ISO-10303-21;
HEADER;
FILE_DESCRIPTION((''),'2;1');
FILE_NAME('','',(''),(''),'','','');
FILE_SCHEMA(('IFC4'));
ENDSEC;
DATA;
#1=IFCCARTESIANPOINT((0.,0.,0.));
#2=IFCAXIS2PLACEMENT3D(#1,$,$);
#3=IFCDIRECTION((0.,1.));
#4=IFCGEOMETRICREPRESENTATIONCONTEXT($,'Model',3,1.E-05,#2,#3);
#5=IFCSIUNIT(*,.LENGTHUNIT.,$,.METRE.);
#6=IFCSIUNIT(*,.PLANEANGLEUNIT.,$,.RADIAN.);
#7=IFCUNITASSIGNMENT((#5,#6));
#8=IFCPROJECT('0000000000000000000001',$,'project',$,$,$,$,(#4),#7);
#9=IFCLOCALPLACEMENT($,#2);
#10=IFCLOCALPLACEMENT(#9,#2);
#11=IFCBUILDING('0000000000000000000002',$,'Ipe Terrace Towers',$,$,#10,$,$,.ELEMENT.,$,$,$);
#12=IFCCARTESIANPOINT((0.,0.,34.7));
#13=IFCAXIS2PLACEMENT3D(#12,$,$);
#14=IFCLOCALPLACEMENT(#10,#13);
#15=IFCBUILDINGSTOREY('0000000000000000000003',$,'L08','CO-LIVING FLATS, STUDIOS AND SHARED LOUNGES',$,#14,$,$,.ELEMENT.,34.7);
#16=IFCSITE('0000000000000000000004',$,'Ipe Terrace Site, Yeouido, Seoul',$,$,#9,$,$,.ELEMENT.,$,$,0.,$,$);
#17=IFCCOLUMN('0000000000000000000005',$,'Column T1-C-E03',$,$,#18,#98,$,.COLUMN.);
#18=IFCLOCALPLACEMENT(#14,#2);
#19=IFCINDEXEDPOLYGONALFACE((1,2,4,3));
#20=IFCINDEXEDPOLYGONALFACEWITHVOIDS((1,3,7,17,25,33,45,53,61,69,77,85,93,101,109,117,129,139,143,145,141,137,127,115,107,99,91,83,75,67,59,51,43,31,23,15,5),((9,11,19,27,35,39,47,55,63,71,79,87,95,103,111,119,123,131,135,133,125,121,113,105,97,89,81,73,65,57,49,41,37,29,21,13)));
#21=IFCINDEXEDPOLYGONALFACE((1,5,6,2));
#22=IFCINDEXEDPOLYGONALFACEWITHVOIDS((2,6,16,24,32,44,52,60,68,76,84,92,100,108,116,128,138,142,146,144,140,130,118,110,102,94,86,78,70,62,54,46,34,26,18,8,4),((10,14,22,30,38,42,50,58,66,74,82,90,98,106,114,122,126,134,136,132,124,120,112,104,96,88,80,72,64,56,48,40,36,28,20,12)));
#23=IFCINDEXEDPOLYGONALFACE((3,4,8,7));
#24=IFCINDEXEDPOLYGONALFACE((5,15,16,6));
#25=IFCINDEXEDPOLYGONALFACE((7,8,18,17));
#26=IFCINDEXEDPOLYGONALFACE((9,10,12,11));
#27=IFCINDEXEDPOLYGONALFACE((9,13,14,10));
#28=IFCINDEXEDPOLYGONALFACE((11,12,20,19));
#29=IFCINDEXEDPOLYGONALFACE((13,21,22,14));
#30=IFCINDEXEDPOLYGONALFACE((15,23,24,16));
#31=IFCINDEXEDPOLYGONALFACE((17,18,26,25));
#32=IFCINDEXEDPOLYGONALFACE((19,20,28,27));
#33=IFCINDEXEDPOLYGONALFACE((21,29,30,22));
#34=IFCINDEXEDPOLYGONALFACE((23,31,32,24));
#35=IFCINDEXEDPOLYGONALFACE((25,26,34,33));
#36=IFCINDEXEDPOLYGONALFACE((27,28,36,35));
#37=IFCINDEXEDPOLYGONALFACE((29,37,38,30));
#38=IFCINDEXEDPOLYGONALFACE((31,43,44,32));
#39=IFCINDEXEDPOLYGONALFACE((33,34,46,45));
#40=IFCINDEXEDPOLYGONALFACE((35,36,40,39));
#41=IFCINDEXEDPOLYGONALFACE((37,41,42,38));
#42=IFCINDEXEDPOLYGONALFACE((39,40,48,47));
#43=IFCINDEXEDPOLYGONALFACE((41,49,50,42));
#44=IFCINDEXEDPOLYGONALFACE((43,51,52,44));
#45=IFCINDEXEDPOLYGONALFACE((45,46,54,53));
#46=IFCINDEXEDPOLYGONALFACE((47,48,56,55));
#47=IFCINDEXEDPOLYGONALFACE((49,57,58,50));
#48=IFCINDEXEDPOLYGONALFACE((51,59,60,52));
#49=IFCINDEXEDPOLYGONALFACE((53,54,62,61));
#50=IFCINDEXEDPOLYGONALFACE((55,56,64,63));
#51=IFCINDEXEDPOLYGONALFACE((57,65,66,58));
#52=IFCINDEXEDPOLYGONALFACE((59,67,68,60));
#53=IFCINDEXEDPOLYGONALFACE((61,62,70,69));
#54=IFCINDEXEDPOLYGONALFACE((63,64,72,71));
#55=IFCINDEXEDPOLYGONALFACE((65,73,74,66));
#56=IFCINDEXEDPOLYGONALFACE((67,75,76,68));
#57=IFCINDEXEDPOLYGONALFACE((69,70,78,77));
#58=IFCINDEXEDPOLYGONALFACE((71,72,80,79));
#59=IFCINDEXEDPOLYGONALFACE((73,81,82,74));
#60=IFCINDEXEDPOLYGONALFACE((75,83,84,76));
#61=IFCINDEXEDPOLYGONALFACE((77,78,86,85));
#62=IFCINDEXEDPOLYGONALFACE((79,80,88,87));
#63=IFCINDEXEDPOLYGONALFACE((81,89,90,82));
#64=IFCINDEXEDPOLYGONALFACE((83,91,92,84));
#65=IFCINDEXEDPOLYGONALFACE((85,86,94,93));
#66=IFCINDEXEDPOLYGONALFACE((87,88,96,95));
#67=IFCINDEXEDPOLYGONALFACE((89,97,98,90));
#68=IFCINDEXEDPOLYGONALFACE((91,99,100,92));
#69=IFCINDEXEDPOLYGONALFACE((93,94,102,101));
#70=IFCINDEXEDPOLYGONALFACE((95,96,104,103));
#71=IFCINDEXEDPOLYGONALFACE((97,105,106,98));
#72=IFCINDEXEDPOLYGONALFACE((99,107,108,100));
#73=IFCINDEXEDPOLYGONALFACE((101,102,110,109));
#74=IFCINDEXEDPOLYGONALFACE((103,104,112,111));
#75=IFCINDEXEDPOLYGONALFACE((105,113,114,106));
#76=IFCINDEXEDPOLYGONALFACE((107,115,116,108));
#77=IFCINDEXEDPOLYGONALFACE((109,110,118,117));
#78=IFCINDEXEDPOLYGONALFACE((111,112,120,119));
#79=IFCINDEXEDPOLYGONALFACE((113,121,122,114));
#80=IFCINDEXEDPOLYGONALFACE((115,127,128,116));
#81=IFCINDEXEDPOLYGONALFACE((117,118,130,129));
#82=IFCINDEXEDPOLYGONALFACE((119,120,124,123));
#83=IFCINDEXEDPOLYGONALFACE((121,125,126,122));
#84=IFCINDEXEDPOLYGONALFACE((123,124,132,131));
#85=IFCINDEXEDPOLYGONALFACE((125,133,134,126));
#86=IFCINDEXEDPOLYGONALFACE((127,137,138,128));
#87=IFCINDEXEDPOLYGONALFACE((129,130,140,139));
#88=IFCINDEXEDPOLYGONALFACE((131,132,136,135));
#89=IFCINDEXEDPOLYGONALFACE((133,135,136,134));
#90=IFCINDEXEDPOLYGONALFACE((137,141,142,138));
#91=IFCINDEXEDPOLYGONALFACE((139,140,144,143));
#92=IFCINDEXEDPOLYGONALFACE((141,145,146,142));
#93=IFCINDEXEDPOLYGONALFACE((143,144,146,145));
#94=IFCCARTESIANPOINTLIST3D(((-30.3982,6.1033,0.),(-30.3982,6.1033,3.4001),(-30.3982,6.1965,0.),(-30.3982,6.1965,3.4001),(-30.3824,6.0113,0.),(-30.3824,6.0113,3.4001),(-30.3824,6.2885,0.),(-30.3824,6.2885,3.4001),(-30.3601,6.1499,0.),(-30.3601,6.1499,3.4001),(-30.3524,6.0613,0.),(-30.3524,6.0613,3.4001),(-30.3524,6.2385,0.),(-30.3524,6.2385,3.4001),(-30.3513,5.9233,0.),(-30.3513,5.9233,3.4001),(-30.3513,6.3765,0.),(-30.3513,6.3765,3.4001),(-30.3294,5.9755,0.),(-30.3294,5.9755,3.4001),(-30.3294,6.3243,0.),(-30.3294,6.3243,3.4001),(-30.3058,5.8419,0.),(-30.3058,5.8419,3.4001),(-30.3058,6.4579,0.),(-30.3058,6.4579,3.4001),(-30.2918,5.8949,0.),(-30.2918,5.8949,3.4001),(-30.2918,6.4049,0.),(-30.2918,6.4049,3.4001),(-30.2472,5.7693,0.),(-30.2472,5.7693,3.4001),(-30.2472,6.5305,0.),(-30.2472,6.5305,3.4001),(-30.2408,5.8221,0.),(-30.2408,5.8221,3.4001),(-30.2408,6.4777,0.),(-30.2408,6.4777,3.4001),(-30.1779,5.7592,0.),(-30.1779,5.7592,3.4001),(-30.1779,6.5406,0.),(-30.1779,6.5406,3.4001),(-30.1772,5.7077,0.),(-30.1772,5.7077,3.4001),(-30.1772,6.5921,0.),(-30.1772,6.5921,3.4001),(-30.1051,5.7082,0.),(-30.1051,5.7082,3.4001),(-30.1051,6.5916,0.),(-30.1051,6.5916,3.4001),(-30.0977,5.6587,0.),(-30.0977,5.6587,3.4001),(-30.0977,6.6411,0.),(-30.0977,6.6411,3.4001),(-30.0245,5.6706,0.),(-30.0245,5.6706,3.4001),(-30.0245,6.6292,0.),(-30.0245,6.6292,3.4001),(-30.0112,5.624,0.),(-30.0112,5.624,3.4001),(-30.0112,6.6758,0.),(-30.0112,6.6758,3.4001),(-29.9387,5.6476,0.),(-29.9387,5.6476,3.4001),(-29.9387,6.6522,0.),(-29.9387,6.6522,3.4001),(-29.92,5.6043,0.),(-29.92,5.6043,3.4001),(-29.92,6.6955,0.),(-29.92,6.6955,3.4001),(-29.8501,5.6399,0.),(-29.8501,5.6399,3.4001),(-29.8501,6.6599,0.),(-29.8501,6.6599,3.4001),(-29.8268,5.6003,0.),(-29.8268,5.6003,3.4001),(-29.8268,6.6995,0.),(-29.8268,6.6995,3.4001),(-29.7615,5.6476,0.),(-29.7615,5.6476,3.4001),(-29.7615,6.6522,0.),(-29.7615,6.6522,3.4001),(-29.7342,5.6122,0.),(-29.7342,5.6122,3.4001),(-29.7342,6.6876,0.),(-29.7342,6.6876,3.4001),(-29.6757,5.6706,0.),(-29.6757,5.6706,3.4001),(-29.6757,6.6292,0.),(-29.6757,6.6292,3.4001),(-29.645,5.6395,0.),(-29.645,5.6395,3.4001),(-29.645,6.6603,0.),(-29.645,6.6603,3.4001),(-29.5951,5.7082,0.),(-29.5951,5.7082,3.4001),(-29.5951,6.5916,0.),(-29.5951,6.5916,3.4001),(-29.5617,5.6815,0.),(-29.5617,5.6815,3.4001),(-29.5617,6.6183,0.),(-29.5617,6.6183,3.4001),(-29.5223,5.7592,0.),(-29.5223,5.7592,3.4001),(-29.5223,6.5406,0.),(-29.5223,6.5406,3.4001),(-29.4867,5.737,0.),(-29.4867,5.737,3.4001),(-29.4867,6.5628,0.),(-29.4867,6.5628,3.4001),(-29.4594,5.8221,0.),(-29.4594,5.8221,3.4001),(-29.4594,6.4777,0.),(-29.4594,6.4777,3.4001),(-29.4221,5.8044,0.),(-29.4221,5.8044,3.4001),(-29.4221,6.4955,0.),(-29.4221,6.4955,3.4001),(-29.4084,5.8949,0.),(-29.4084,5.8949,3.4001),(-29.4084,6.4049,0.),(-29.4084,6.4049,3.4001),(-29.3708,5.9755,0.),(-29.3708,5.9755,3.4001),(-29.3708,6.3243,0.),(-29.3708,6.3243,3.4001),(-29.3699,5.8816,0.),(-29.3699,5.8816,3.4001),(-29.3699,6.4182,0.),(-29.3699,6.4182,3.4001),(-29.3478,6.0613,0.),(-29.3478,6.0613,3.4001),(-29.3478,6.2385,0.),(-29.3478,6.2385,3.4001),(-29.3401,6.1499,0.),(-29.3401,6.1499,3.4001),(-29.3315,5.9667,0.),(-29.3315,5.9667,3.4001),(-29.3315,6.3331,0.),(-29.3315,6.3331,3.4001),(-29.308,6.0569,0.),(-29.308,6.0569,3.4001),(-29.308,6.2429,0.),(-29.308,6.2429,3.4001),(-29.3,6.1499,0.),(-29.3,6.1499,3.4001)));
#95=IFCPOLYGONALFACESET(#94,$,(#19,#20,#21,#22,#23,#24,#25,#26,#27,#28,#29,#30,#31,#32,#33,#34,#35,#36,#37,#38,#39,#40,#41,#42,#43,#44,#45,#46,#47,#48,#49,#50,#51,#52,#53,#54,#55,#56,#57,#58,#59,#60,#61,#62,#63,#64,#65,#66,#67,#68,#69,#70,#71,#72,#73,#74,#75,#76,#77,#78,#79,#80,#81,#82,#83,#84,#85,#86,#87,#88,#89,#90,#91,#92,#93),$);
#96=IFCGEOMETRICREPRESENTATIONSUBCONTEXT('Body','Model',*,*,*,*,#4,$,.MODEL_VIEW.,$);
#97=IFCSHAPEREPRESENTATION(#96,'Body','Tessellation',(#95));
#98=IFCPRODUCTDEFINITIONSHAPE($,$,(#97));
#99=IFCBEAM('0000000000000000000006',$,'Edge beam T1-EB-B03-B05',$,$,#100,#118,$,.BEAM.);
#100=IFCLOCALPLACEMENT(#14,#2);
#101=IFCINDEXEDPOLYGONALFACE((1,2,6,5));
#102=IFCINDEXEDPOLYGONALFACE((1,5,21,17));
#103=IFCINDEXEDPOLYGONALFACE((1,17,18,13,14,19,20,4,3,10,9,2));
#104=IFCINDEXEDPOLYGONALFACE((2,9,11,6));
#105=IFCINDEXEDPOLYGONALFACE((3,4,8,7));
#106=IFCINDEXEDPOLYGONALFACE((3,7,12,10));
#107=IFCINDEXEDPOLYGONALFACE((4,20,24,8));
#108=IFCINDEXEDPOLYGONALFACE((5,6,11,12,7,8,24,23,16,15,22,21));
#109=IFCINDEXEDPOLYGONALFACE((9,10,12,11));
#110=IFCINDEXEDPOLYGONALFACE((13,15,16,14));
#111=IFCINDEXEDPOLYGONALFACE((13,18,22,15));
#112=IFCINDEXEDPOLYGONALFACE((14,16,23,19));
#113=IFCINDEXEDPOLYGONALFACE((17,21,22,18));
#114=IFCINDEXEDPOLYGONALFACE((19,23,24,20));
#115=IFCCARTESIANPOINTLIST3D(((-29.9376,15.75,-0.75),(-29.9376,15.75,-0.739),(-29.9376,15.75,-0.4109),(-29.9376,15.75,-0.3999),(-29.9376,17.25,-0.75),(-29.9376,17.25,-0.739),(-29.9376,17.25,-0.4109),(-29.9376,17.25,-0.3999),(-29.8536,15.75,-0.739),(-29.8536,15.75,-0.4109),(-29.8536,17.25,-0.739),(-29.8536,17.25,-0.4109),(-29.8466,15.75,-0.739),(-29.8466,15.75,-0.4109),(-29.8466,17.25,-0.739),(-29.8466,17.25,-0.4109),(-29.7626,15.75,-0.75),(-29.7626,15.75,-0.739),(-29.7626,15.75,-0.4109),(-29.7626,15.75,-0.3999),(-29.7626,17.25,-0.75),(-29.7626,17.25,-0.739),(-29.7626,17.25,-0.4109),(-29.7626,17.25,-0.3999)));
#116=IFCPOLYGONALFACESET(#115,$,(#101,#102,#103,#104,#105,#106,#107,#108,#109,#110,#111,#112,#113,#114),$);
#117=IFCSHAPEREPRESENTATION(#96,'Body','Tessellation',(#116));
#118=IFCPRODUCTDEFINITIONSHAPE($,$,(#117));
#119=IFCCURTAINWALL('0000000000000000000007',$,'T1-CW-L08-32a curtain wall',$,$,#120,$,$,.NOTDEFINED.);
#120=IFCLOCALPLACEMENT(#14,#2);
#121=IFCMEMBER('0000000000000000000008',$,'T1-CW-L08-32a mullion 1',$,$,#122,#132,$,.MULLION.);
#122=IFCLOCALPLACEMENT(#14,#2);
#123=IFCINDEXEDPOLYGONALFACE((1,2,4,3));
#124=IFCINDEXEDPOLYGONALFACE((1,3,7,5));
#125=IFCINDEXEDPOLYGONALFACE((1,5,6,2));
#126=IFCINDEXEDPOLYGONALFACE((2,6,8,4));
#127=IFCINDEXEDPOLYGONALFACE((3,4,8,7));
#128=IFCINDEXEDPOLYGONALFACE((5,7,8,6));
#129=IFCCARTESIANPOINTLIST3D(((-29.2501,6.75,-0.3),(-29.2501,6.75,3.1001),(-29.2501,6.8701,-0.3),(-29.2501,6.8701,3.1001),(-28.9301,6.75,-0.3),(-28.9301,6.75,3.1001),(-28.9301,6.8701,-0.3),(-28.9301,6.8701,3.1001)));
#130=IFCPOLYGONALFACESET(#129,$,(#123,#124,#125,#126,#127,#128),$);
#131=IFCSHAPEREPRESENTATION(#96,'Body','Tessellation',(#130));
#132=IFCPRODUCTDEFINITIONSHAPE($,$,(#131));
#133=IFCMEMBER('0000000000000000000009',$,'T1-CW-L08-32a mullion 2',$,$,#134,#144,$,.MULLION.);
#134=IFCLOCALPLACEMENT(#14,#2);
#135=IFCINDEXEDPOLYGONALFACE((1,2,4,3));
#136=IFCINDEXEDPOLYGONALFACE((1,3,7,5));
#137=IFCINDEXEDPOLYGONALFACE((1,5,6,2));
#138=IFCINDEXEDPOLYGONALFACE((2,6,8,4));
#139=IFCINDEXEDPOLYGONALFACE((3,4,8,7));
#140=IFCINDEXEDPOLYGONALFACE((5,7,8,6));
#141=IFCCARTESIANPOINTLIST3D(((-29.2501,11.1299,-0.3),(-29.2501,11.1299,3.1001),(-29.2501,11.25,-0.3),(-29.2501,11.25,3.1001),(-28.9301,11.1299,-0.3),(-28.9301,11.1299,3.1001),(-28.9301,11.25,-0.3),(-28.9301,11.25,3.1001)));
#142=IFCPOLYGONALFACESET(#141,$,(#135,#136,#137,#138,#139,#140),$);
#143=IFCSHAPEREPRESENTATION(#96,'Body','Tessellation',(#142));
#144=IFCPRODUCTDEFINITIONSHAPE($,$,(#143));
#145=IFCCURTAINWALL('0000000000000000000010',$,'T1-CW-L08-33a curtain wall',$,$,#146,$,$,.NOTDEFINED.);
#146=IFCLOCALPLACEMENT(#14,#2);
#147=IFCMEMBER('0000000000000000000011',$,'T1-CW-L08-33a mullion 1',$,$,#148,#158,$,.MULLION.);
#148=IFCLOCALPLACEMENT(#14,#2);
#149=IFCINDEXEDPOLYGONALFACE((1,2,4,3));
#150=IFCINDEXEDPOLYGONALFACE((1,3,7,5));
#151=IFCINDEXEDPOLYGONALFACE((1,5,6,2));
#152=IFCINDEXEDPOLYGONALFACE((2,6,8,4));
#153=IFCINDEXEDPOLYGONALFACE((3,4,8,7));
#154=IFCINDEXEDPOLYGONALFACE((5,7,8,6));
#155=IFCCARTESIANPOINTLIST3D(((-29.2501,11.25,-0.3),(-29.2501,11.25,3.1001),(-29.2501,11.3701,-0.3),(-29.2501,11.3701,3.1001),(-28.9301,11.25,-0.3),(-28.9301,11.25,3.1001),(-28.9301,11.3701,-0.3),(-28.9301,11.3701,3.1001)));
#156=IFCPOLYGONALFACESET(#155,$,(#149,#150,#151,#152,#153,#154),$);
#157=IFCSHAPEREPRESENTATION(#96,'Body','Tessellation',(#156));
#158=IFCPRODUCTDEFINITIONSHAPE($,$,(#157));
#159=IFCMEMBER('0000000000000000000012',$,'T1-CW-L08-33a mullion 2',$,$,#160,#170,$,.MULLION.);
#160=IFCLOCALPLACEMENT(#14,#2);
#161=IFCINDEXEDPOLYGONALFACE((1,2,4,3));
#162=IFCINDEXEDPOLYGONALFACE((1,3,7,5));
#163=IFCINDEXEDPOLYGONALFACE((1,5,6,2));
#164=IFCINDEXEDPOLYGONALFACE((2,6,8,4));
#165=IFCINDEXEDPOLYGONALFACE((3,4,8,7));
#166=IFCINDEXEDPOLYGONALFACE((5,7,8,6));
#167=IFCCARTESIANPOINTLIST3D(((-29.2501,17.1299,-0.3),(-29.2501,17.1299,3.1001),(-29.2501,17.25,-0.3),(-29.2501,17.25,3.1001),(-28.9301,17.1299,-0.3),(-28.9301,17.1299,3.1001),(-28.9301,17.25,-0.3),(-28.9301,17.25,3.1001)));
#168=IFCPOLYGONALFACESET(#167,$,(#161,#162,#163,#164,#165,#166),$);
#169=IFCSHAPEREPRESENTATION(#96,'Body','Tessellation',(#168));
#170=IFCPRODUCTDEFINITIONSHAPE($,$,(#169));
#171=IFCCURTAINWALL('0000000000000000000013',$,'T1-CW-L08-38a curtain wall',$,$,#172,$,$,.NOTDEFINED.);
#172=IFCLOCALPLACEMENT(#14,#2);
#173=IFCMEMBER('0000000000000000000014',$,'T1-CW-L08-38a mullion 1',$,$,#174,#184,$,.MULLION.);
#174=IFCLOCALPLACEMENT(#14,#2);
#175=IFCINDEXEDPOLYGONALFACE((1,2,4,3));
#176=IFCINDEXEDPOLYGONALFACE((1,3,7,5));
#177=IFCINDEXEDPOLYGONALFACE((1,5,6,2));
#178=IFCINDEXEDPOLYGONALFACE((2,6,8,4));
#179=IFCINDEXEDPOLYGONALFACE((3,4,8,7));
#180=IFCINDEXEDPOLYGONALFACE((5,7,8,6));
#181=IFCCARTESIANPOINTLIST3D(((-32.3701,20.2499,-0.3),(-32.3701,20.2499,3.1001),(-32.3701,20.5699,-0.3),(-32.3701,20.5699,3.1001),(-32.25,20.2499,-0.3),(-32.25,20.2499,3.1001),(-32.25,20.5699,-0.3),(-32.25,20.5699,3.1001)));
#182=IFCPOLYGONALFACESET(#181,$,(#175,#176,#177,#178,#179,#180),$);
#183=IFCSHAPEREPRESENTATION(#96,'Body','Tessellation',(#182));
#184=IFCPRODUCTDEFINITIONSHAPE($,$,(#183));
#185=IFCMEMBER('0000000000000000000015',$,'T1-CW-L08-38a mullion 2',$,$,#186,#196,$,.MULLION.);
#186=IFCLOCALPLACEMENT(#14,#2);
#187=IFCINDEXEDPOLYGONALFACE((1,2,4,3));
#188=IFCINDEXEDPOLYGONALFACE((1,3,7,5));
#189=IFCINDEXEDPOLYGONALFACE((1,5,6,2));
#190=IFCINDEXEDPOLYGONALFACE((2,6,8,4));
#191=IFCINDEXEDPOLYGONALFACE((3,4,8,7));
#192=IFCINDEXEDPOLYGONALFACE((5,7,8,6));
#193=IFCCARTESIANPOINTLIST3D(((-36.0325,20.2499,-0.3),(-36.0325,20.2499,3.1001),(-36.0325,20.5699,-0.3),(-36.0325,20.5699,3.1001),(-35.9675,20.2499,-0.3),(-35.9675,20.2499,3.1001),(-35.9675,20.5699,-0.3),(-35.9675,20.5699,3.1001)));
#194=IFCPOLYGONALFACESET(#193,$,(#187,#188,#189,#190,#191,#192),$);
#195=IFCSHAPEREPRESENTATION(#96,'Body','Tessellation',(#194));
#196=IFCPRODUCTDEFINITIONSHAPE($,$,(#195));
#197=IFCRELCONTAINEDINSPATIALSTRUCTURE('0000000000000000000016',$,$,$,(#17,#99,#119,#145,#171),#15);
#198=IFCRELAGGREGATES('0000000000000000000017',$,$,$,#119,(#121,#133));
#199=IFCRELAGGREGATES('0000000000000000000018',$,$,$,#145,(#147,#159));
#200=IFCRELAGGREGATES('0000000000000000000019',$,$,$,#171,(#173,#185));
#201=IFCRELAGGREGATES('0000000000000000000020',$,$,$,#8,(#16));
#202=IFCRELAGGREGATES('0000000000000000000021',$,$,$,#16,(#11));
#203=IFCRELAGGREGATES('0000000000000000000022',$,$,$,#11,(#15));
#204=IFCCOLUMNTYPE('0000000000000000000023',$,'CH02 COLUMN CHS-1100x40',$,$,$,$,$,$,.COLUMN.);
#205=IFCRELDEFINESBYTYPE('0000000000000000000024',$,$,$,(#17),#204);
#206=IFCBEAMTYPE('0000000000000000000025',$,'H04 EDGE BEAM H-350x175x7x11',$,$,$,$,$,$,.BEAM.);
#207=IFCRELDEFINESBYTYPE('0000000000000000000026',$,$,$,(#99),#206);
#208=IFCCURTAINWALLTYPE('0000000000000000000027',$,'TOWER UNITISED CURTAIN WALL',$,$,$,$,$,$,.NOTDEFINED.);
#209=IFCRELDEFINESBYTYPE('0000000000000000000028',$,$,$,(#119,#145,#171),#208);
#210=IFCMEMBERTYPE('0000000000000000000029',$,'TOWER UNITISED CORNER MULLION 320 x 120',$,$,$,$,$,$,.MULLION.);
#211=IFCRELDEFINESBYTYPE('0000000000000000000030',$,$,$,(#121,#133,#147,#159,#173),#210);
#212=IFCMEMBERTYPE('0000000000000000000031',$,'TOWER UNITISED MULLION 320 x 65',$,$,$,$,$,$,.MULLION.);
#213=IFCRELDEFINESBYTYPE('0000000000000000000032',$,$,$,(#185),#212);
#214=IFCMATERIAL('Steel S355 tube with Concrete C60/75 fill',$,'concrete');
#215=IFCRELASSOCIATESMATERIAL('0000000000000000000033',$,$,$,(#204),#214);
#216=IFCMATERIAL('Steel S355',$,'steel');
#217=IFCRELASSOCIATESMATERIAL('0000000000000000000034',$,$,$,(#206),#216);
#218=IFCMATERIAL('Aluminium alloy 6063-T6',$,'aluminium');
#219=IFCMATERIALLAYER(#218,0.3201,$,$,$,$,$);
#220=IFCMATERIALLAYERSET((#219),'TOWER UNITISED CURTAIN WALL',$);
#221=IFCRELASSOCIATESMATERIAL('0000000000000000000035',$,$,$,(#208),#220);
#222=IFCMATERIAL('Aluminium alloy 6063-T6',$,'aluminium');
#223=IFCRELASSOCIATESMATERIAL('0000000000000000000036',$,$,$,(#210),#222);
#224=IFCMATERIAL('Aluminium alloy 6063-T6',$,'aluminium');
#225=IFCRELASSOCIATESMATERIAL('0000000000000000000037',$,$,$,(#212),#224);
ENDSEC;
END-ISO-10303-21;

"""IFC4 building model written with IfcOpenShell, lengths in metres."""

from ifc_helpers import new_model, si_unit, direction, frame, origin, origin_2d, place, context, subcontext, project, spatial, rectangle, hollow_circle, i_section, extrude, material, layer, layer_set, material_profile, profile_set, type_object, element, aggregate, save


model = new_model("IFC4")

# Units and contexts
model_context = context("Model", 3, precision=1e-05, world=origin(), true_north=direction((0.0, 1.0)))
body_context = subcontext(model_context, "Body", "Model", "MODEL_VIEW")
ifc_project = project(units=[si_unit("LENGTHUNIT", "METRE"), si_unit("PLANEANGLEUNIT", "RADIAN")], contexts=[model_context])

# Site, building, storey
site_placement = place(None, origin())
site = spatial("IfcSite", under=ifc_project, at=site_placement, Name="Ipe Terrace Site, Yeouido, Seoul", CompositionType="ELEMENT", RefElevation=0.0)
building_placement = place(site_placement, origin())
building = spatial("IfcBuilding", under=site, at=building_placement, Name="Ipe Terrace Towers", CompositionType="ELEMENT")
storey_placement = place(building_placement, frame((0.0, 0.0, 34.7)))
storey = spatial("IfcBuildingStorey", under=building, at=storey_placement, Name="L08", Description="CO-LIVING FLATS, STUDIOS AND SHARED LOUNGES", CompositionType="ELEMENT", Elevation=34.7)

# Column
ifc_material_1 = material(Name="Steel S355 tube with Concrete C60/75 fill", Category="concrete")
ifc_material_profile_1 = material_profile(ifc_material_1, hollow_circle(Radius=0.55, WallThickness=0.04, at=origin_2d()), Name="CHS-1100x40")
ifc_profile_set_1 = profile_set([ifc_material_profile_1], Name="Steel S355 tube with Concrete C60/75 fill")
column_type_1 = type_object("IfcColumnType", Name="CH02 COLUMN CHS-1100x40", PredefinedType="COLUMN", material=ifc_profile_set_1)
column_placement = place(storey_placement, frame((-29.8501, 6.1499, 0.0), z_axis=(0.0, 0.0, 1.0), x_axis=(1.0, 0.0, 0.0)))
element("IfcColumn", 1, at=column_placement, inside=storey, type_object=column_type_1, Name="Column T1-C-E03", PredefinedType="COLUMN", context=body_context, shape_type="SweptSolid", body=[
    extrude(hollow_circle(Radius=0.55, WallThickness=0.04, at=origin_2d()), origin(), (0.0, 0.0, 1.0), 3.4001),
])

# Beam
ifc_material_2 = material(Name="Steel S355", Category="steel")
ifc_material_profile_2 = material_profile(ifc_material_2, i_section(OverallWidth=0.175, OverallDepth=0.3501, WebThickness=0.0071, FlangeThickness=0.011, at=origin_2d()), Name="H-350x175x7x11")
ifc_profile_set_2 = profile_set([ifc_material_profile_2], Name="Steel S355")
beam_type = type_object("IfcBeamType", Name="H04 EDGE BEAM H-350x175x7x11", PredefinedType="BEAM", material=ifc_profile_set_2)
beam_placement = place(storey_placement, frame((-29.8501, 15.75, -0.575), z_axis=(0.0, 1.0, 0.0), x_axis=(-1.0, 0.0, 0.0)))
element("IfcBeam", 2, at=beam_placement, inside=storey, type_object=beam_type, Name="Edge beam T1-EB-B03-B05", PredefinedType="BEAM", context=body_context, shape_type="SweptSolid", body=[
    extrude(i_section(OverallWidth=0.175, OverallDepth=0.3501, WebThickness=0.0071, FlangeThickness=0.011, at=origin_2d()), origin(), (0.0, 0.0, 1.0), 1.5),
])

# Curtain walls, members
ifc_material_3 = material(Name="Aluminium alloy 6063-T6", Category="aluminium")
ifc_layer_1 = layer(ifc_material_3, 0.3201)
ifc_layer_set_1 = layer_set([ifc_layer_1], Name="TOWER UNITISED CURTAIN WALL")
curtain_wall_type = type_object("IfcCurtainWallType", Name="TOWER UNITISED CURTAIN WALL", PredefinedType="NOTDEFINED", material=ifc_layer_set_1)
curtain_wall_1_placement = place(storey_placement, origin())
curtain_wall_1 = element("IfcCurtainWall", 3, at=curtain_wall_1_placement, inside=storey, type_object=curtain_wall_type, Name="T1-CW-L08-32a curtain wall", PredefinedType="NOTDEFINED")
ifc_material_4 = material(Name="Aluminium alloy 6063-T6", Category="aluminium")
ifc_material_profile_3 = material_profile(ifc_material_4, rectangle(XDim=0.3201, YDim=0.1201, at=origin_2d()), Name="TOWER UNITISED CORNER MULLION 320 x 120")
ifc_profile_set_3 = profile_set([ifc_material_profile_3], Name="Aluminium alloy 6063-T6")
member_type_1 = type_object("IfcMemberType", Name="TOWER UNITISED CORNER MULLION 320 x 120", PredefinedType="MULLION", material=ifc_profile_set_3)
member_1_placement = place(storey_placement, frame((-29.0901, 6.8101, -0.3), z_axis=(0.0, 0.0, 1.0), x_axis=(1.0, 0.0, 0.0)))
member_1 = element("IfcMember", 4, at=member_1_placement, type_object=member_type_1, Name="T1-CW-L08-32a mullion 1", PredefinedType="MULLION", context=body_context, shape_type="SweptSolid", body=[
    extrude(rectangle(XDim=0.3201, YDim=0.1201, at=origin_2d()), origin(), (0.0, 0.0, 1.0), 3.4001),
])
member_2_placement = place(storey_placement, frame((-29.0901, 11.1899, -0.3), z_axis=(0.0, 0.0, 1.0), x_axis=(1.0, 0.0, 0.0)))
member_2 = element("IfcMember", 5, at=member_2_placement, type_object=member_type_1, Name="T1-CW-L08-32a mullion 2", PredefinedType="MULLION", context=body_context, shape_type="SweptSolid", body=[
    extrude(rectangle(XDim=0.3201, YDim=0.1201, at=origin_2d()), origin(), (0.0, 0.0, 1.0), 3.4001),
])
curtain_wall_2_placement = place(storey_placement, origin())
curtain_wall_2 = element("IfcCurtainWall", 6, at=curtain_wall_2_placement, inside=storey, type_object=curtain_wall_type, Name="T1-CW-L08-33a curtain wall", PredefinedType="NOTDEFINED")
member_3_placement = place(storey_placement, frame((-29.0901, 11.3101, -0.3), z_axis=(0.0, 0.0, 1.0), x_axis=(1.0, 0.0, 0.0)))
member_3 = element("IfcMember", 7, at=member_3_placement, type_object=member_type_1, Name="T1-CW-L08-33a mullion 1", PredefinedType="MULLION", context=body_context, shape_type="SweptSolid", body=[
    extrude(rectangle(XDim=0.3201, YDim=0.1201, at=origin_2d()), origin(), (0.0, 0.0, 1.0), 3.4001),
])
member_4_placement = place(storey_placement, frame((-29.0901, 17.1899, -0.3), z_axis=(0.0, 0.0, 1.0), x_axis=(1.0, 0.0, 0.0)))
member_4 = element("IfcMember", 8, at=member_4_placement, type_object=member_type_1, Name="T1-CW-L08-33a mullion 2", PredefinedType="MULLION", context=body_context, shape_type="SweptSolid", body=[
    extrude(rectangle(XDim=0.3201, YDim=0.1201, at=origin_2d()), origin(), (0.0, 0.0, 1.0), 3.4001),
])
curtain_wall_3_placement = place(storey_placement, origin())
curtain_wall_3 = element("IfcCurtainWall", 9, at=curtain_wall_3_placement, inside=storey, type_object=curtain_wall_type, Name="T1-CW-L08-38a curtain wall", PredefinedType="NOTDEFINED")
member_5_placement = place(storey_placement, frame((-32.3101, 20.4099, -0.3), z_axis=(0.0, 0.0, 1.0), x_axis=(0.0, 1.0, 0.0)))
member_5 = element("IfcMember", 10, at=member_5_placement, type_object=member_type_1, Name="T1-CW-L08-38a mullion 1", PredefinedType="MULLION", context=body_context, shape_type="SweptSolid", body=[
    extrude(rectangle(XDim=0.3201, YDim=0.1201, at=origin_2d()), origin(), (0.0, 0.0, 1.0), 3.4001),
])
ifc_material_5 = material(Name="Aluminium alloy 6063-T6", Category="aluminium")
ifc_material_profile_4 = material_profile(ifc_material_5, rectangle(XDim=0.3201, YDim=0.0649, at=origin_2d()), Name="TOWER UNITISED MULLION 320 x 65")
ifc_profile_set_4 = profile_set([ifc_material_profile_4], Name="Aluminium alloy 6063-T6")
member_type_2 = type_object("IfcMemberType", Name="TOWER UNITISED MULLION 320 x 65", PredefinedType="MULLION", material=ifc_profile_set_4)
member_6_placement = place(storey_placement, frame((-36.0, 20.4099, -0.3), z_axis=(0.0, 0.0, 1.0), x_axis=(0.0, 1.0, 0.0)))
member_6 = element("IfcMember", 11, at=member_6_placement, type_object=member_type_2, Name="T1-CW-L08-38a mullion 2", PredefinedType="MULLION", context=body_context, shape_type="SweptSolid", body=[
    extrude(rectangle(XDim=0.3201, YDim=0.0649, at=origin_2d()), origin(), (0.0, 0.0, 1.0), 3.4001),
])

aggregate(curtain_wall_1, [member_1, member_2])
aggregate(curtain_wall_2, [member_3, member_4])
aggregate(curtain_wall_3, [member_5, member_6])

save(model, "model.ifc")
